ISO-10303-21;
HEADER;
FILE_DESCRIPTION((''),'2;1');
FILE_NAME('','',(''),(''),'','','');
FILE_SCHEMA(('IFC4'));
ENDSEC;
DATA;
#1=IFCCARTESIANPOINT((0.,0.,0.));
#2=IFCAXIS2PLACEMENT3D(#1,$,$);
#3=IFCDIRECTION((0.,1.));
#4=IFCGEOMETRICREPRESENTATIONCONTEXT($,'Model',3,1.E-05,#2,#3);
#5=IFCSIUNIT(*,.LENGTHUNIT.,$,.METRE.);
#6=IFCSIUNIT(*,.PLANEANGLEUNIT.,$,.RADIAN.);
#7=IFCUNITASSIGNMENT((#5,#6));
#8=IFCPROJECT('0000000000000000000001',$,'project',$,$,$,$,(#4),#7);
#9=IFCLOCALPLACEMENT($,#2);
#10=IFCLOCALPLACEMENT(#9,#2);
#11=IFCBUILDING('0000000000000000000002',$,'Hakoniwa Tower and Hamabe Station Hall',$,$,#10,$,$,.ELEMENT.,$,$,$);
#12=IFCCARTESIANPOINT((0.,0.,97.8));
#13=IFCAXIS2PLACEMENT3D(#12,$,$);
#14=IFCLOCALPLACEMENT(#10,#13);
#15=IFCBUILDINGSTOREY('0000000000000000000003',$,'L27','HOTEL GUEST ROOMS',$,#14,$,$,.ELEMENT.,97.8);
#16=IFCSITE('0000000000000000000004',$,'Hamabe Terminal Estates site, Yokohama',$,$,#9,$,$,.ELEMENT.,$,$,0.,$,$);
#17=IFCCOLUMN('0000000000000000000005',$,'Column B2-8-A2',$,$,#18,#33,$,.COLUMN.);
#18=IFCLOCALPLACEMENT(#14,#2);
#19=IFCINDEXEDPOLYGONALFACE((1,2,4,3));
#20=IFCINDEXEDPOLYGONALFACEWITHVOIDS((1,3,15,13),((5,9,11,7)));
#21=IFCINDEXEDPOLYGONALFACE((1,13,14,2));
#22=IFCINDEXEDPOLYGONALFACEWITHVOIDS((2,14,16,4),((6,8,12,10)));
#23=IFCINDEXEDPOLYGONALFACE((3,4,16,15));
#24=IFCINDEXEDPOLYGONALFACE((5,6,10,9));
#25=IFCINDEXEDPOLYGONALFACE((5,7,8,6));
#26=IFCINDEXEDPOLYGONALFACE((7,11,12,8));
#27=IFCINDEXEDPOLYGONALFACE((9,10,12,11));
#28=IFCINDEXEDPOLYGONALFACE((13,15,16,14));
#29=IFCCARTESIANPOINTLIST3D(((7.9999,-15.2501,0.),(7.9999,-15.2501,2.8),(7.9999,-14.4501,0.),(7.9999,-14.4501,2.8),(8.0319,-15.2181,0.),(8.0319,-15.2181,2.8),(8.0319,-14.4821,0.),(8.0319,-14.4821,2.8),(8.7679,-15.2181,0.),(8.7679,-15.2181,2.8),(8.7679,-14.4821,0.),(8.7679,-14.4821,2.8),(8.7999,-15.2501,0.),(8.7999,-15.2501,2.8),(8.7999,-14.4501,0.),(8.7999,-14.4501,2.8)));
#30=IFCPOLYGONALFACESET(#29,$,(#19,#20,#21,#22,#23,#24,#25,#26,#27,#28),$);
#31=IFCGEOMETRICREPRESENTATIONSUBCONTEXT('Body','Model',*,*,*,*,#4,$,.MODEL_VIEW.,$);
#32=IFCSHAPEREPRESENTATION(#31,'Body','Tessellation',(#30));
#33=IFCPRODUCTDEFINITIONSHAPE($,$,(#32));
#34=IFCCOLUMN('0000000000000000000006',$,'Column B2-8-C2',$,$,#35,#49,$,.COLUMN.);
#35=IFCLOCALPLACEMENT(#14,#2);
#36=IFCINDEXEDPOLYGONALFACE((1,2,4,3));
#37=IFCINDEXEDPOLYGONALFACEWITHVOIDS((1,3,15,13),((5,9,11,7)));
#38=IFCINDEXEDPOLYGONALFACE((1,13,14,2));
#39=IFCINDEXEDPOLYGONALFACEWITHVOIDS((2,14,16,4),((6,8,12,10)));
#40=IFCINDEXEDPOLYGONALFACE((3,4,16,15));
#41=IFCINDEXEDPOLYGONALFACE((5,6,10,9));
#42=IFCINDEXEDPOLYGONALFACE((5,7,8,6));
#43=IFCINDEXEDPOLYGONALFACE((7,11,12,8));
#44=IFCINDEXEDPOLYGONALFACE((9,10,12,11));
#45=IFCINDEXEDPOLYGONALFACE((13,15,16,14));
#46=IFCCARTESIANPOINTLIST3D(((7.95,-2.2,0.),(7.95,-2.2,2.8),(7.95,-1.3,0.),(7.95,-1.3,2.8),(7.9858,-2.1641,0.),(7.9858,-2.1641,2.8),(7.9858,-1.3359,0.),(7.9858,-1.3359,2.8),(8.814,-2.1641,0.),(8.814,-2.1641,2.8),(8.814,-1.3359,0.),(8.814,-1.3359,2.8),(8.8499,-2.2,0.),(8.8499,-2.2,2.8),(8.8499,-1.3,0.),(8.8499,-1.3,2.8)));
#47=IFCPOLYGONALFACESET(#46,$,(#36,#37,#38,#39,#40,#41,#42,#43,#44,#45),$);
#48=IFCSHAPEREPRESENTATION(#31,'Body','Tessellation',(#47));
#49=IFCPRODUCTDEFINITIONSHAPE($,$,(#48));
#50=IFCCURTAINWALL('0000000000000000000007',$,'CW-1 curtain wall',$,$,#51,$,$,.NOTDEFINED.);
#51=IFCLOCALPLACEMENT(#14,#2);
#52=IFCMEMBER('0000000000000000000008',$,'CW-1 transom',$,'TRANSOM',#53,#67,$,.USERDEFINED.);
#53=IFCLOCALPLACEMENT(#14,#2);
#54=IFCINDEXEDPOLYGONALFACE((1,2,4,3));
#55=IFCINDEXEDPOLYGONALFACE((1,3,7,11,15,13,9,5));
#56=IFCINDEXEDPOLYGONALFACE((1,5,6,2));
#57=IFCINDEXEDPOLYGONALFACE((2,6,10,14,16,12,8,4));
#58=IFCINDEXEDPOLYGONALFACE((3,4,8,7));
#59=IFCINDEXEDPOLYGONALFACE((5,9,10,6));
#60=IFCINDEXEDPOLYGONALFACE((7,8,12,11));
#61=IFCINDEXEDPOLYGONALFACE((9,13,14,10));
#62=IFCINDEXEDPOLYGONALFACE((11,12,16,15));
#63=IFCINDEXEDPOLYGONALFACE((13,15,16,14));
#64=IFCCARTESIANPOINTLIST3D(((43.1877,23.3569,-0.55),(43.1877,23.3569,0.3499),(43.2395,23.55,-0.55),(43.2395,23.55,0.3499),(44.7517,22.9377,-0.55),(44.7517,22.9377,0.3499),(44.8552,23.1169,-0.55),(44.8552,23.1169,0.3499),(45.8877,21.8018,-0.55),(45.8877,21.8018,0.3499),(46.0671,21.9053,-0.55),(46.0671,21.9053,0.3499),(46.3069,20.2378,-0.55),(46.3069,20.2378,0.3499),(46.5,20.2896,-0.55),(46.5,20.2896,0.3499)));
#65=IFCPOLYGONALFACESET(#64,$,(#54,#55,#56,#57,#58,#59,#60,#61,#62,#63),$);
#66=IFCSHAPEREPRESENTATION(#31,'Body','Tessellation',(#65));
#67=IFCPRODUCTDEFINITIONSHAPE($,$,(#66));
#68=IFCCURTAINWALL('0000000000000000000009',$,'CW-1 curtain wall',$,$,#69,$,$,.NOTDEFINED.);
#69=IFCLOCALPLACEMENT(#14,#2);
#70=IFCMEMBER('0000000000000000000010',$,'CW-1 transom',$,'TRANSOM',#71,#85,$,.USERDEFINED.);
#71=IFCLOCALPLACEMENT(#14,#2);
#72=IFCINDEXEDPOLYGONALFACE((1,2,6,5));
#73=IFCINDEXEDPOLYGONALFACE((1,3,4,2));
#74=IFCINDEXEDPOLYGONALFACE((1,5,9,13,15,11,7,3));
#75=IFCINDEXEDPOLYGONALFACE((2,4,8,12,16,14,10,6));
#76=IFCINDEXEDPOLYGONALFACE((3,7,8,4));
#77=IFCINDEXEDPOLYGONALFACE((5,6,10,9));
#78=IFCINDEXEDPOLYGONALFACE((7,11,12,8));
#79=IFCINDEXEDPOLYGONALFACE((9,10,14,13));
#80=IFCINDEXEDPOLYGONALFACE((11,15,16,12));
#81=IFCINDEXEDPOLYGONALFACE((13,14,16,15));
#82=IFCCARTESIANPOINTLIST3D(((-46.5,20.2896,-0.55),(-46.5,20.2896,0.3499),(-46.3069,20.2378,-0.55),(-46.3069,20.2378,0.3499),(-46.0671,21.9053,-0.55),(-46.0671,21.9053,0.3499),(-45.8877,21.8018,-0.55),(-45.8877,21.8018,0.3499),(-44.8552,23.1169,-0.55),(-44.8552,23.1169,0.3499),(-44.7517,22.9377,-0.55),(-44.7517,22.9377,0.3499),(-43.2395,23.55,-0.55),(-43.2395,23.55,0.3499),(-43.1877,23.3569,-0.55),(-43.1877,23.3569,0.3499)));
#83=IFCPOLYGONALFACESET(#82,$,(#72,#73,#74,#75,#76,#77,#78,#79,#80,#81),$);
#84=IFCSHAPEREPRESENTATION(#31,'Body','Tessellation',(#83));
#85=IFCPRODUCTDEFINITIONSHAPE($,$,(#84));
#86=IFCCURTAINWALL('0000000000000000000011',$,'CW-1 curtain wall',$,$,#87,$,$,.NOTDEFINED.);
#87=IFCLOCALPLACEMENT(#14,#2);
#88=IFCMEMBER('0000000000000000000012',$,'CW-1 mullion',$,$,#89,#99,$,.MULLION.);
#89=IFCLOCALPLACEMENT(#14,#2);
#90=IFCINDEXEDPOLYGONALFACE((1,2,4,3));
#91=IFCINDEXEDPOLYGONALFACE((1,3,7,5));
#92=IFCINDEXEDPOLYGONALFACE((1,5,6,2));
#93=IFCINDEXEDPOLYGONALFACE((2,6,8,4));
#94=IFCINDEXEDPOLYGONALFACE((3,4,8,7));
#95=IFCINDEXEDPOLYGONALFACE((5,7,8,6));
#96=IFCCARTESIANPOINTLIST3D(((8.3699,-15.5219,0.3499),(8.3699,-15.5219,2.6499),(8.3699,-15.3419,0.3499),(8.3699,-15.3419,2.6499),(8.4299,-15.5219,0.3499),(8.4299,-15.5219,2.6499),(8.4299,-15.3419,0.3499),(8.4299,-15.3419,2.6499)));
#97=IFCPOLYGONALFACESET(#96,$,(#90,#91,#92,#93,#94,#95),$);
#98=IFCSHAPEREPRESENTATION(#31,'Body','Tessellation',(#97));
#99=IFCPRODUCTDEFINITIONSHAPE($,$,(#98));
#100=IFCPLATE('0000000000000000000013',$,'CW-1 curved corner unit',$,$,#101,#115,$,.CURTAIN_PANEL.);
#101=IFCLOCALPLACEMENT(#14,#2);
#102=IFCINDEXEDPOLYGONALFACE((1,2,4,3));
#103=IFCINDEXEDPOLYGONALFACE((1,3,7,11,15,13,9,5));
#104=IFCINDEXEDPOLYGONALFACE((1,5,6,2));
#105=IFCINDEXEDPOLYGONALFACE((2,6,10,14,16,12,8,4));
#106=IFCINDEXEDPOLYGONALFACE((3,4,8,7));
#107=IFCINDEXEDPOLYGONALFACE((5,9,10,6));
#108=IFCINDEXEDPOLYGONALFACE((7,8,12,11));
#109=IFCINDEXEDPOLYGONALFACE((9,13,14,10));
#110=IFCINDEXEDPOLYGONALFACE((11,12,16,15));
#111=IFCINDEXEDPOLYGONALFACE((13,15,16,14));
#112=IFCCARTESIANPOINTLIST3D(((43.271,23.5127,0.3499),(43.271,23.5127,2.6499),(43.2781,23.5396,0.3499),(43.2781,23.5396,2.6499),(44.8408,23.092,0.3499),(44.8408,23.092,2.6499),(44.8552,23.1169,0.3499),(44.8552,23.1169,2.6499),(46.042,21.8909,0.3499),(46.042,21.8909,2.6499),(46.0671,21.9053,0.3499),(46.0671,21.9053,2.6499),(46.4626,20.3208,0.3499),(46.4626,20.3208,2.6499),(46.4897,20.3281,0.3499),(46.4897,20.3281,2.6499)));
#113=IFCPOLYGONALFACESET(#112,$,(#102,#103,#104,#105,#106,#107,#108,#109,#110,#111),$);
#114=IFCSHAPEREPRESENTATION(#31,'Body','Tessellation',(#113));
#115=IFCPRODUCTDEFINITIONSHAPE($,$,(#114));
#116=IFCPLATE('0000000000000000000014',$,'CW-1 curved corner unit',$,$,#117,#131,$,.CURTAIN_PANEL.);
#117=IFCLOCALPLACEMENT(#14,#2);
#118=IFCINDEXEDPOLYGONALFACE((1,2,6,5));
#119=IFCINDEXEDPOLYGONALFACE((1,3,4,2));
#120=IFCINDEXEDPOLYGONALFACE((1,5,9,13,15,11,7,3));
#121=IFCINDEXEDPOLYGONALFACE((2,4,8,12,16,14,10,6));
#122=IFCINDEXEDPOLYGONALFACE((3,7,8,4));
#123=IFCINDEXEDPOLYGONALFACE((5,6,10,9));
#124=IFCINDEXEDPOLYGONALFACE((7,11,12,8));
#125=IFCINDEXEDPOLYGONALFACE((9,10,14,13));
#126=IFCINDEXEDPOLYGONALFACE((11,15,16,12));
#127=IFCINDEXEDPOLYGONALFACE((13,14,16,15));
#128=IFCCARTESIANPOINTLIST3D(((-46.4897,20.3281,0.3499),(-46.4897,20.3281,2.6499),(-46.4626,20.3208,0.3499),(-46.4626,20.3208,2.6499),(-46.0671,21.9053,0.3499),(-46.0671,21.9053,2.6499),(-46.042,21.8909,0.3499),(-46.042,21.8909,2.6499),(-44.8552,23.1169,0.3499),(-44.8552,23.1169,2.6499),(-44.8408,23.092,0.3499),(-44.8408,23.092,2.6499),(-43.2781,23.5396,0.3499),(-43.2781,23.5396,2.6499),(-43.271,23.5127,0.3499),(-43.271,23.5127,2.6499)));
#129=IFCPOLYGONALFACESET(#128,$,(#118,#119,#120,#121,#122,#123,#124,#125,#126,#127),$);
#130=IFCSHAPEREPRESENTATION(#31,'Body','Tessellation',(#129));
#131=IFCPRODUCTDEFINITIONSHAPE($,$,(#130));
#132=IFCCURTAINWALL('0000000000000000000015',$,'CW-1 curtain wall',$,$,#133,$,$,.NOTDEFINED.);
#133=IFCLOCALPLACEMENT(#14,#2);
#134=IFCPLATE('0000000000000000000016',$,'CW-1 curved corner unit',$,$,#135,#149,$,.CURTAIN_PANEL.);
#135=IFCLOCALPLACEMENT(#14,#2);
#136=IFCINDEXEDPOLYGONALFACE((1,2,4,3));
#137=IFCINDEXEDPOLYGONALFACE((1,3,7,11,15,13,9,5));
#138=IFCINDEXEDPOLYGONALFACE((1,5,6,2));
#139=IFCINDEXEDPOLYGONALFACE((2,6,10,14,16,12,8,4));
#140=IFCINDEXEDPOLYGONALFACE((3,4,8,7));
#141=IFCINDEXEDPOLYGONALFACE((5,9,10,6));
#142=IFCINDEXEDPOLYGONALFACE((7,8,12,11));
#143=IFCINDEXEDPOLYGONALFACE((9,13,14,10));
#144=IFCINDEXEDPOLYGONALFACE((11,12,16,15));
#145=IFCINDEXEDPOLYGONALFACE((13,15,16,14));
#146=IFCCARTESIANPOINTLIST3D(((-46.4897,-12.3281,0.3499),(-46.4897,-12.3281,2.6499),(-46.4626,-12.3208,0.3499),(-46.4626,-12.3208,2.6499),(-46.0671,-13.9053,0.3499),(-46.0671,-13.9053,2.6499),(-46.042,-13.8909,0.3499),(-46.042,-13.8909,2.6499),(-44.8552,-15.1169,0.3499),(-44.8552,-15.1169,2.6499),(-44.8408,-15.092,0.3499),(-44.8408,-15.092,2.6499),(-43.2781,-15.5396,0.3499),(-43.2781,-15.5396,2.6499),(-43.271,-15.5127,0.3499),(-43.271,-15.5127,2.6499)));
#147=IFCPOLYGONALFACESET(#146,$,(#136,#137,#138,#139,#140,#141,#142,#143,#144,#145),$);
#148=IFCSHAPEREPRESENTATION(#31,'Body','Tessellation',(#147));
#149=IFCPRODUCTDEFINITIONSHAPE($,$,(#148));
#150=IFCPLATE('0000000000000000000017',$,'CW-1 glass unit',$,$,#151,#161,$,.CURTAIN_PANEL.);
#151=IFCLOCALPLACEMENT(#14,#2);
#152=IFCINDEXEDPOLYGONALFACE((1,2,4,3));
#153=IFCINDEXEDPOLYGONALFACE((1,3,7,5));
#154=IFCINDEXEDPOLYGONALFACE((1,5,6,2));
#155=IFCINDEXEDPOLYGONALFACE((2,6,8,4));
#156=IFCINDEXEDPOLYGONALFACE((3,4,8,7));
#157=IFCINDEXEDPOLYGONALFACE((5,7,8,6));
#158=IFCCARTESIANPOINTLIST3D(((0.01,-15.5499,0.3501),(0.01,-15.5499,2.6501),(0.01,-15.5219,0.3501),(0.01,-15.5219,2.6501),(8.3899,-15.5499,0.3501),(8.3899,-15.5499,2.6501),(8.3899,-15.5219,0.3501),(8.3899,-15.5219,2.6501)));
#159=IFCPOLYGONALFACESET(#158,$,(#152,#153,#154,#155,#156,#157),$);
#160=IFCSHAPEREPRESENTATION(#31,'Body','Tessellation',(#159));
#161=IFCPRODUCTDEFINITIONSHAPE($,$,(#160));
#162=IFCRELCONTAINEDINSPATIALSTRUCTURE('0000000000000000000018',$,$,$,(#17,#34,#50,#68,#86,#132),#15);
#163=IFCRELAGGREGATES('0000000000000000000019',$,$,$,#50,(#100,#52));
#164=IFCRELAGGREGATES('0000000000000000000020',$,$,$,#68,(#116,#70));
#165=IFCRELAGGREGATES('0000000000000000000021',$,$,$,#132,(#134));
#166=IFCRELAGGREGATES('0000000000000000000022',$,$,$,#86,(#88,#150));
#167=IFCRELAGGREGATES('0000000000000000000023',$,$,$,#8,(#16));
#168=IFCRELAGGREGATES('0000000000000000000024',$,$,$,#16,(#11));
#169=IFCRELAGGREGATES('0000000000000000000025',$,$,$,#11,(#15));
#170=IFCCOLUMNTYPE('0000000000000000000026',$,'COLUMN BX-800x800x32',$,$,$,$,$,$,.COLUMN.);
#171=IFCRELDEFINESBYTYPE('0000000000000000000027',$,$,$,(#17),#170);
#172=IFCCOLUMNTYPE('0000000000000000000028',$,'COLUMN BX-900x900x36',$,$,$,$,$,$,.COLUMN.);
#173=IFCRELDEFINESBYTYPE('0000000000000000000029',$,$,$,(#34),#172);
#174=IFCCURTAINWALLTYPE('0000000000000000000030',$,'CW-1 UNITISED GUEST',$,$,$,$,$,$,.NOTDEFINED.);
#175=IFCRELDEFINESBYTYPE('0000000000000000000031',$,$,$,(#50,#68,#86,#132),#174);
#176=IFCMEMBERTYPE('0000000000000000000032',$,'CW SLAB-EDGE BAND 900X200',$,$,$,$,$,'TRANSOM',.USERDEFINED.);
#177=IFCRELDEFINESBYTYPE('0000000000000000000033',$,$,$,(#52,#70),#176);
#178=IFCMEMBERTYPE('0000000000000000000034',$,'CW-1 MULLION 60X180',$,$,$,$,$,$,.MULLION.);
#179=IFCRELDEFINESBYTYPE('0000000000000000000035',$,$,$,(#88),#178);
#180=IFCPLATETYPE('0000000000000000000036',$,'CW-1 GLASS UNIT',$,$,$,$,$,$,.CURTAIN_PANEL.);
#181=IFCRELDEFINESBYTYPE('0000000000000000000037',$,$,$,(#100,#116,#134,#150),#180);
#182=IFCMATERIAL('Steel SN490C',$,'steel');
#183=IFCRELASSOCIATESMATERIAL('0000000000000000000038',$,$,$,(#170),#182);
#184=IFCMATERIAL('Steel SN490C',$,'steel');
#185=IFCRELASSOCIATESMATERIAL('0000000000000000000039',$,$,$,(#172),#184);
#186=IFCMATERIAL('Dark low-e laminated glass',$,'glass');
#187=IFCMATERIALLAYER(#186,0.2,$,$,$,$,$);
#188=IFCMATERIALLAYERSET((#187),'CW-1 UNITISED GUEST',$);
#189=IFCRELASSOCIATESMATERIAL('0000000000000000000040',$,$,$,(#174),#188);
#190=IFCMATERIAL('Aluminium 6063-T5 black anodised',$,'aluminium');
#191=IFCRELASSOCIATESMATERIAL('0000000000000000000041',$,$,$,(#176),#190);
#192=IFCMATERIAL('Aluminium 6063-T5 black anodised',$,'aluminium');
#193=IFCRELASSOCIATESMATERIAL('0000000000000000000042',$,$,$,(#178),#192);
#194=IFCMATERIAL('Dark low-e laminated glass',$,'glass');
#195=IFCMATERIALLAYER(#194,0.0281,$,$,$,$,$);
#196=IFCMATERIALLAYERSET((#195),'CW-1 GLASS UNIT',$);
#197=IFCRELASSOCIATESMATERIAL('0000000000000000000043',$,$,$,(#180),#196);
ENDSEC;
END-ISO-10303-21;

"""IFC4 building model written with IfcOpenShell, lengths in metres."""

from ifc_helpers import new_model, si_unit, direction, frame, origin, origin_2d, place, context, subcontext, project, spatial, polyline, rectangle, hollow_rectangle, outline, extrude, material, layer, layer_set, material_profile, profile_set, type_object, element, aggregate, save


model = new_model("IFC4")

# Units and contexts
model_context = context("Model", 3, precision=1e-05, world=origin(), true_north=direction((0.0, 1.0)))
body_context = subcontext(model_context, "Body", "Model", "MODEL_VIEW")
ifc_project = project(units=[si_unit("LENGTHUNIT", "METRE"), si_unit("PLANEANGLEUNIT", "RADIAN")], contexts=[model_context])

# Site, building, storey
site_placement = place(None, origin())
site = spatial("IfcSite", under=ifc_project, at=site_placement, Name="Hamabe Terminal Estates site, Yokohama", CompositionType="ELEMENT", RefElevation=0.0)
building_placement = place(site_placement, origin())
building = spatial("IfcBuilding", under=site, at=building_placement, Name="Hakoniwa Tower and Hamabe Station Hall", CompositionType="ELEMENT")
storey_placement = place(building_placement, frame((0.0, 0.0, 97.8)))
storey = spatial("IfcBuildingStorey", under=building, at=storey_placement, Name="L27", Description="HOTEL GUEST ROOMS", CompositionType="ELEMENT", Elevation=97.8)

# Columns
ifc_material_1 = material(Name="Steel SN490C", Category="steel")
ifc_material_profile_1 = material_profile(ifc_material_1, hollow_rectangle(XDim=0.8, YDim=0.8, WallThickness=0.032, at=origin_2d()), Name="BX-800x800x32")
ifc_profile_set_1 = profile_set([ifc_material_profile_1], Name="Steel SN490C")
column_type_1 = type_object("IfcColumnType", Name="COLUMN BX-800x800x32", PredefinedType="COLUMN", material=ifc_profile_set_1)
column_1_placement = place(storey_placement, frame((8.3999, -14.8501, 0.0), z_axis=(0.0, 0.0, 1.0), x_axis=(1.0, 0.0, 0.0)))
element("IfcColumn", 1, at=column_1_placement, inside=storey, type_object=column_type_1, Name="Column B2-8-A2", PredefinedType="COLUMN", context=body_context, shape_type="SweptSolid", body=[
    extrude(hollow_rectangle(XDim=0.8, YDim=0.8, WallThickness=0.032, at=origin_2d()), origin(), (0.0, 0.0, 1.0), 2.8),
])
ifc_material_2 = material(Name="Steel SN490C", Category="steel")
ifc_material_profile_2 = material_profile(ifc_material_2, hollow_rectangle(XDim=0.8999, YDim=0.8999, WallThickness=0.0359, at=origin_2d()), Name="BX-900x900x36")
ifc_profile_set_2 = profile_set([ifc_material_profile_2], Name="Steel SN490C")
column_type_2 = type_object("IfcColumnType", Name="COLUMN BX-900x900x36", PredefinedType="COLUMN", material=ifc_profile_set_2)
column_2_placement = place(storey_placement, frame((8.3999, -1.75, 0.0), z_axis=(0.0, 0.0, 1.0), x_axis=(1.0, 0.0, 0.0)))
element("IfcColumn", 2, at=column_2_placement, inside=storey, type_object=column_type_2, Name="Column B2-8-C2", PredefinedType="COLUMN", context=body_context, shape_type="SweptSolid", body=[
    extrude(hollow_rectangle(XDim=0.8999, YDim=0.8999, WallThickness=0.0359, at=origin_2d()), origin(), (0.0, 0.0, 1.0), 2.8),
])

# Curtain walls, members
ifc_material_3 = material(Name="Dark low-e laminated glass", Category="glass")
ifc_layer_1 = layer(ifc_material_3, 0.2)
ifc_layer_set_1 = layer_set([ifc_layer_1], Name="CW-1 UNITISED GUEST")
curtain_wall_type = type_object("IfcCurtainWallType", Name="CW-1 UNITISED GUEST", PredefinedType="NOTDEFINED", material=ifc_layer_set_1)
curtain_wall_1_placement = place(storey_placement, origin())
curtain_wall_1 = element("IfcCurtainWall", 3, at=curtain_wall_1_placement, inside=storey, type_object=curtain_wall_type, Name="CW-1 curtain wall", PredefinedType="NOTDEFINED")
ifc_material_4 = material(Name="Aluminium 6063-T5 black anodised", Category="aluminium")
ifc_material_profile_3 = material_profile(ifc_material_4, rectangle(XDim=0.2, YDim=0.8999, at=origin_2d()), Name="CW SLAB-EDGE BAND 900X200")
ifc_profile_set_3 = profile_set([ifc_material_profile_3], Name="Aluminium 6063-T5 black anodised")
member_type_1 = type_object("IfcMemberType", Name="CW SLAB-EDGE BAND 900X200", ElementType="TRANSOM", PredefinedType="USERDEFINED", material=ifc_profile_set_3)
member_1_placement = place(storey_placement, frame((0.0, 0.0, -0.55)))
member_1 = element("IfcMember", 4, at=member_1_placement, type_object=member_type_1, Name="CW-1 transom", ObjectType="TRANSOM", PredefinedType="USERDEFINED", context=body_context, shape_type="SweptSolid", body=[
    extrude(outline(polyline([(46.5, 20.2896), (46.0671, 21.9053), (44.8552, 23.1169), (43.2395, 23.55), (43.1877, 23.3569), (44.7517, 22.9377), (45.8877, 21.8018), (46.3069, 20.2378), (46.5, 20.2896)])), origin(), (0.0, 0.0, 1.0), 0.8999),
])
curtain_wall_2_placement = place(storey_placement, origin())
curtain_wall_2 = element("IfcCurtainWall", 5, at=curtain_wall_2_placement, inside=storey, type_object=curtain_wall_type, Name="CW-1 curtain wall", PredefinedType="NOTDEFINED")
member_2_placement = place(storey_placement, frame((0.0, 0.0, -0.55)))
member_2 = element("IfcMember", 6, at=member_2_placement, type_object=member_type_1, Name="CW-1 transom", ObjectType="TRANSOM", PredefinedType="USERDEFINED", context=body_context, shape_type="SweptSolid", body=[
    extrude(outline(polyline([(-43.2395, 23.55), (-44.8552, 23.1169), (-46.0671, 21.9053), (-46.5, 20.2896), (-46.3069, 20.2378), (-45.8877, 21.8018), (-44.7517, 22.9377), (-43.1877, 23.3569), (-43.2395, 23.55)])), origin(), (0.0, 0.0, 1.0), 0.8999),
])
curtain_wall_3_placement = place(storey_placement, origin())
curtain_wall_3 = element("IfcCurtainWall", 7, at=curtain_wall_3_placement, inside=storey, type_object=curtain_wall_type, Name="CW-1 curtain wall", PredefinedType="NOTDEFINED")
ifc_material_5 = material(Name="Aluminium 6063-T5 black anodised", Category="aluminium")
ifc_material_profile_4 = material_profile(ifc_material_5, rectangle(XDim=0.0601, YDim=0.1799, at=origin_2d()), Name="CW-1 MULLION 60X180")
ifc_profile_set_4 = profile_set([ifc_material_profile_4], Name="Aluminium 6063-T5 black anodised")
member_type_2 = type_object("IfcMemberType", Name="CW-1 MULLION 60X180", PredefinedType="MULLION", material=ifc_profile_set_4)
member_3_placement = place(storey_placement, frame((8.3999, -15.4319, 0.3499), z_axis=(0.0, 0.0, 1.0), x_axis=(1.0, 0.0, 0.0)))
member_3 = element("IfcMember", 8, at=member_3_placement, type_object=member_type_2, Name="CW-1 mullion", PredefinedType="MULLION", context=body_context, shape_type="SweptSolid", body=[
    extrude(rectangle(XDim=0.0601, YDim=0.1799, at=origin_2d()), origin(), (0.0, 0.0, 1.0), 2.3),
])

# Plates
ifc_material_6 = material(Name="Dark low-e laminated glass", Category="glass")
ifc_layer_2 = layer(ifc_material_6, 0.0281)
ifc_layer_set_2 = layer_set([ifc_layer_2], Name="CW-1 GLASS UNIT")
plate_type = type_object("IfcPlateType", Name="CW-1 GLASS UNIT", PredefinedType="CURTAIN_PANEL", material=ifc_layer_set_2)
plate_1_placement = place(storey_placement, frame((0.0, 0.0, 0.3499)))
plate_1 = element("IfcPlate", 9, at=plate_1_placement, type_object=plate_type, Name="CW-1 curved corner unit", PredefinedType="CURTAIN_PANEL", context=body_context, shape_type="SweptSolid", body=[
    extrude(outline(polyline([(46.4897, 20.3281), (46.0671, 21.9053), (44.8552, 23.1169), (43.2781, 23.5396), (43.271, 23.5127), (44.8408, 23.092), (46.042, 21.8909), (46.4626, 20.3208), (46.4897, 20.3281)])), origin(), (0.0, 0.0, 1.0), 2.3),
])
aggregate(curtain_wall_1, [plate_1, member_1])
plate_2_placement = place(storey_placement, frame((0.0, 0.0, 0.3499)))
plate_2 = element("IfcPlate", 10, at=plate_2_placement, type_object=plate_type, Name="CW-1 curved corner unit", PredefinedType="CURTAIN_PANEL", context=body_context, shape_type="SweptSolid", body=[
    extrude(outline(polyline([(-43.2781, 23.5396), (-44.8552, 23.1169), (-46.0671, 21.9053), (-46.4897, 20.3281), (-46.4626, 20.3208), (-46.042, 21.8909), (-44.8408, 23.092), (-43.271, 23.5127), (-43.2781, 23.5396)])), origin(), (0.0, 0.0, 1.0), 2.3),
])
aggregate(curtain_wall_2, [plate_2, member_2])

# Curtain wall, plate
curtain_wall_4_placement = place(storey_placement, origin())
curtain_wall_4 = element("IfcCurtainWall", 11, at=curtain_wall_4_placement, inside=storey, type_object=curtain_wall_type, Name="CW-1 curtain wall", PredefinedType="NOTDEFINED")
plate_3_placement = place(storey_placement, frame((0.0, 0.0, 0.3499)))
plate_3 = element("IfcPlate", 12, at=plate_3_placement, type_object=plate_type, Name="CW-1 curved corner unit", PredefinedType="CURTAIN_PANEL", context=body_context, shape_type="SweptSolid", body=[
    extrude(outline(polyline([(-46.4897, -12.3281), (-46.0671, -13.9053), (-44.8552, -15.1169), (-43.2781, -15.5396), (-43.271, -15.5127), (-44.8408, -15.092), (-46.042, -13.8909), (-46.4626, -12.3208), (-46.4897, -12.3281)])), origin(), (0.0, 0.0, 1.0), 2.3),
])
aggregate(curtain_wall_4, [plate_3])

# Plate
plate_4_placement = place(storey_placement, frame((4.2, -15.5359, 0.3501), z_axis=(0.0, 0.0, 1.0), x_axis=(1.0, 0.0, 0.0)))
plate_4 = element("IfcPlate", 13, at=plate_4_placement, type_object=plate_type, Name="CW-1 glass unit", PredefinedType="CURTAIN_PANEL", context=body_context, shape_type="SweptSolid", body=[
    extrude(rectangle(XDim=8.3799, YDim=0.0281, at=origin_2d()), origin(), (0.0, 0.0, 1.0), 2.3),
])
aggregate(curtain_wall_3, [member_3, plate_4])

save(model, "model.ifc")
